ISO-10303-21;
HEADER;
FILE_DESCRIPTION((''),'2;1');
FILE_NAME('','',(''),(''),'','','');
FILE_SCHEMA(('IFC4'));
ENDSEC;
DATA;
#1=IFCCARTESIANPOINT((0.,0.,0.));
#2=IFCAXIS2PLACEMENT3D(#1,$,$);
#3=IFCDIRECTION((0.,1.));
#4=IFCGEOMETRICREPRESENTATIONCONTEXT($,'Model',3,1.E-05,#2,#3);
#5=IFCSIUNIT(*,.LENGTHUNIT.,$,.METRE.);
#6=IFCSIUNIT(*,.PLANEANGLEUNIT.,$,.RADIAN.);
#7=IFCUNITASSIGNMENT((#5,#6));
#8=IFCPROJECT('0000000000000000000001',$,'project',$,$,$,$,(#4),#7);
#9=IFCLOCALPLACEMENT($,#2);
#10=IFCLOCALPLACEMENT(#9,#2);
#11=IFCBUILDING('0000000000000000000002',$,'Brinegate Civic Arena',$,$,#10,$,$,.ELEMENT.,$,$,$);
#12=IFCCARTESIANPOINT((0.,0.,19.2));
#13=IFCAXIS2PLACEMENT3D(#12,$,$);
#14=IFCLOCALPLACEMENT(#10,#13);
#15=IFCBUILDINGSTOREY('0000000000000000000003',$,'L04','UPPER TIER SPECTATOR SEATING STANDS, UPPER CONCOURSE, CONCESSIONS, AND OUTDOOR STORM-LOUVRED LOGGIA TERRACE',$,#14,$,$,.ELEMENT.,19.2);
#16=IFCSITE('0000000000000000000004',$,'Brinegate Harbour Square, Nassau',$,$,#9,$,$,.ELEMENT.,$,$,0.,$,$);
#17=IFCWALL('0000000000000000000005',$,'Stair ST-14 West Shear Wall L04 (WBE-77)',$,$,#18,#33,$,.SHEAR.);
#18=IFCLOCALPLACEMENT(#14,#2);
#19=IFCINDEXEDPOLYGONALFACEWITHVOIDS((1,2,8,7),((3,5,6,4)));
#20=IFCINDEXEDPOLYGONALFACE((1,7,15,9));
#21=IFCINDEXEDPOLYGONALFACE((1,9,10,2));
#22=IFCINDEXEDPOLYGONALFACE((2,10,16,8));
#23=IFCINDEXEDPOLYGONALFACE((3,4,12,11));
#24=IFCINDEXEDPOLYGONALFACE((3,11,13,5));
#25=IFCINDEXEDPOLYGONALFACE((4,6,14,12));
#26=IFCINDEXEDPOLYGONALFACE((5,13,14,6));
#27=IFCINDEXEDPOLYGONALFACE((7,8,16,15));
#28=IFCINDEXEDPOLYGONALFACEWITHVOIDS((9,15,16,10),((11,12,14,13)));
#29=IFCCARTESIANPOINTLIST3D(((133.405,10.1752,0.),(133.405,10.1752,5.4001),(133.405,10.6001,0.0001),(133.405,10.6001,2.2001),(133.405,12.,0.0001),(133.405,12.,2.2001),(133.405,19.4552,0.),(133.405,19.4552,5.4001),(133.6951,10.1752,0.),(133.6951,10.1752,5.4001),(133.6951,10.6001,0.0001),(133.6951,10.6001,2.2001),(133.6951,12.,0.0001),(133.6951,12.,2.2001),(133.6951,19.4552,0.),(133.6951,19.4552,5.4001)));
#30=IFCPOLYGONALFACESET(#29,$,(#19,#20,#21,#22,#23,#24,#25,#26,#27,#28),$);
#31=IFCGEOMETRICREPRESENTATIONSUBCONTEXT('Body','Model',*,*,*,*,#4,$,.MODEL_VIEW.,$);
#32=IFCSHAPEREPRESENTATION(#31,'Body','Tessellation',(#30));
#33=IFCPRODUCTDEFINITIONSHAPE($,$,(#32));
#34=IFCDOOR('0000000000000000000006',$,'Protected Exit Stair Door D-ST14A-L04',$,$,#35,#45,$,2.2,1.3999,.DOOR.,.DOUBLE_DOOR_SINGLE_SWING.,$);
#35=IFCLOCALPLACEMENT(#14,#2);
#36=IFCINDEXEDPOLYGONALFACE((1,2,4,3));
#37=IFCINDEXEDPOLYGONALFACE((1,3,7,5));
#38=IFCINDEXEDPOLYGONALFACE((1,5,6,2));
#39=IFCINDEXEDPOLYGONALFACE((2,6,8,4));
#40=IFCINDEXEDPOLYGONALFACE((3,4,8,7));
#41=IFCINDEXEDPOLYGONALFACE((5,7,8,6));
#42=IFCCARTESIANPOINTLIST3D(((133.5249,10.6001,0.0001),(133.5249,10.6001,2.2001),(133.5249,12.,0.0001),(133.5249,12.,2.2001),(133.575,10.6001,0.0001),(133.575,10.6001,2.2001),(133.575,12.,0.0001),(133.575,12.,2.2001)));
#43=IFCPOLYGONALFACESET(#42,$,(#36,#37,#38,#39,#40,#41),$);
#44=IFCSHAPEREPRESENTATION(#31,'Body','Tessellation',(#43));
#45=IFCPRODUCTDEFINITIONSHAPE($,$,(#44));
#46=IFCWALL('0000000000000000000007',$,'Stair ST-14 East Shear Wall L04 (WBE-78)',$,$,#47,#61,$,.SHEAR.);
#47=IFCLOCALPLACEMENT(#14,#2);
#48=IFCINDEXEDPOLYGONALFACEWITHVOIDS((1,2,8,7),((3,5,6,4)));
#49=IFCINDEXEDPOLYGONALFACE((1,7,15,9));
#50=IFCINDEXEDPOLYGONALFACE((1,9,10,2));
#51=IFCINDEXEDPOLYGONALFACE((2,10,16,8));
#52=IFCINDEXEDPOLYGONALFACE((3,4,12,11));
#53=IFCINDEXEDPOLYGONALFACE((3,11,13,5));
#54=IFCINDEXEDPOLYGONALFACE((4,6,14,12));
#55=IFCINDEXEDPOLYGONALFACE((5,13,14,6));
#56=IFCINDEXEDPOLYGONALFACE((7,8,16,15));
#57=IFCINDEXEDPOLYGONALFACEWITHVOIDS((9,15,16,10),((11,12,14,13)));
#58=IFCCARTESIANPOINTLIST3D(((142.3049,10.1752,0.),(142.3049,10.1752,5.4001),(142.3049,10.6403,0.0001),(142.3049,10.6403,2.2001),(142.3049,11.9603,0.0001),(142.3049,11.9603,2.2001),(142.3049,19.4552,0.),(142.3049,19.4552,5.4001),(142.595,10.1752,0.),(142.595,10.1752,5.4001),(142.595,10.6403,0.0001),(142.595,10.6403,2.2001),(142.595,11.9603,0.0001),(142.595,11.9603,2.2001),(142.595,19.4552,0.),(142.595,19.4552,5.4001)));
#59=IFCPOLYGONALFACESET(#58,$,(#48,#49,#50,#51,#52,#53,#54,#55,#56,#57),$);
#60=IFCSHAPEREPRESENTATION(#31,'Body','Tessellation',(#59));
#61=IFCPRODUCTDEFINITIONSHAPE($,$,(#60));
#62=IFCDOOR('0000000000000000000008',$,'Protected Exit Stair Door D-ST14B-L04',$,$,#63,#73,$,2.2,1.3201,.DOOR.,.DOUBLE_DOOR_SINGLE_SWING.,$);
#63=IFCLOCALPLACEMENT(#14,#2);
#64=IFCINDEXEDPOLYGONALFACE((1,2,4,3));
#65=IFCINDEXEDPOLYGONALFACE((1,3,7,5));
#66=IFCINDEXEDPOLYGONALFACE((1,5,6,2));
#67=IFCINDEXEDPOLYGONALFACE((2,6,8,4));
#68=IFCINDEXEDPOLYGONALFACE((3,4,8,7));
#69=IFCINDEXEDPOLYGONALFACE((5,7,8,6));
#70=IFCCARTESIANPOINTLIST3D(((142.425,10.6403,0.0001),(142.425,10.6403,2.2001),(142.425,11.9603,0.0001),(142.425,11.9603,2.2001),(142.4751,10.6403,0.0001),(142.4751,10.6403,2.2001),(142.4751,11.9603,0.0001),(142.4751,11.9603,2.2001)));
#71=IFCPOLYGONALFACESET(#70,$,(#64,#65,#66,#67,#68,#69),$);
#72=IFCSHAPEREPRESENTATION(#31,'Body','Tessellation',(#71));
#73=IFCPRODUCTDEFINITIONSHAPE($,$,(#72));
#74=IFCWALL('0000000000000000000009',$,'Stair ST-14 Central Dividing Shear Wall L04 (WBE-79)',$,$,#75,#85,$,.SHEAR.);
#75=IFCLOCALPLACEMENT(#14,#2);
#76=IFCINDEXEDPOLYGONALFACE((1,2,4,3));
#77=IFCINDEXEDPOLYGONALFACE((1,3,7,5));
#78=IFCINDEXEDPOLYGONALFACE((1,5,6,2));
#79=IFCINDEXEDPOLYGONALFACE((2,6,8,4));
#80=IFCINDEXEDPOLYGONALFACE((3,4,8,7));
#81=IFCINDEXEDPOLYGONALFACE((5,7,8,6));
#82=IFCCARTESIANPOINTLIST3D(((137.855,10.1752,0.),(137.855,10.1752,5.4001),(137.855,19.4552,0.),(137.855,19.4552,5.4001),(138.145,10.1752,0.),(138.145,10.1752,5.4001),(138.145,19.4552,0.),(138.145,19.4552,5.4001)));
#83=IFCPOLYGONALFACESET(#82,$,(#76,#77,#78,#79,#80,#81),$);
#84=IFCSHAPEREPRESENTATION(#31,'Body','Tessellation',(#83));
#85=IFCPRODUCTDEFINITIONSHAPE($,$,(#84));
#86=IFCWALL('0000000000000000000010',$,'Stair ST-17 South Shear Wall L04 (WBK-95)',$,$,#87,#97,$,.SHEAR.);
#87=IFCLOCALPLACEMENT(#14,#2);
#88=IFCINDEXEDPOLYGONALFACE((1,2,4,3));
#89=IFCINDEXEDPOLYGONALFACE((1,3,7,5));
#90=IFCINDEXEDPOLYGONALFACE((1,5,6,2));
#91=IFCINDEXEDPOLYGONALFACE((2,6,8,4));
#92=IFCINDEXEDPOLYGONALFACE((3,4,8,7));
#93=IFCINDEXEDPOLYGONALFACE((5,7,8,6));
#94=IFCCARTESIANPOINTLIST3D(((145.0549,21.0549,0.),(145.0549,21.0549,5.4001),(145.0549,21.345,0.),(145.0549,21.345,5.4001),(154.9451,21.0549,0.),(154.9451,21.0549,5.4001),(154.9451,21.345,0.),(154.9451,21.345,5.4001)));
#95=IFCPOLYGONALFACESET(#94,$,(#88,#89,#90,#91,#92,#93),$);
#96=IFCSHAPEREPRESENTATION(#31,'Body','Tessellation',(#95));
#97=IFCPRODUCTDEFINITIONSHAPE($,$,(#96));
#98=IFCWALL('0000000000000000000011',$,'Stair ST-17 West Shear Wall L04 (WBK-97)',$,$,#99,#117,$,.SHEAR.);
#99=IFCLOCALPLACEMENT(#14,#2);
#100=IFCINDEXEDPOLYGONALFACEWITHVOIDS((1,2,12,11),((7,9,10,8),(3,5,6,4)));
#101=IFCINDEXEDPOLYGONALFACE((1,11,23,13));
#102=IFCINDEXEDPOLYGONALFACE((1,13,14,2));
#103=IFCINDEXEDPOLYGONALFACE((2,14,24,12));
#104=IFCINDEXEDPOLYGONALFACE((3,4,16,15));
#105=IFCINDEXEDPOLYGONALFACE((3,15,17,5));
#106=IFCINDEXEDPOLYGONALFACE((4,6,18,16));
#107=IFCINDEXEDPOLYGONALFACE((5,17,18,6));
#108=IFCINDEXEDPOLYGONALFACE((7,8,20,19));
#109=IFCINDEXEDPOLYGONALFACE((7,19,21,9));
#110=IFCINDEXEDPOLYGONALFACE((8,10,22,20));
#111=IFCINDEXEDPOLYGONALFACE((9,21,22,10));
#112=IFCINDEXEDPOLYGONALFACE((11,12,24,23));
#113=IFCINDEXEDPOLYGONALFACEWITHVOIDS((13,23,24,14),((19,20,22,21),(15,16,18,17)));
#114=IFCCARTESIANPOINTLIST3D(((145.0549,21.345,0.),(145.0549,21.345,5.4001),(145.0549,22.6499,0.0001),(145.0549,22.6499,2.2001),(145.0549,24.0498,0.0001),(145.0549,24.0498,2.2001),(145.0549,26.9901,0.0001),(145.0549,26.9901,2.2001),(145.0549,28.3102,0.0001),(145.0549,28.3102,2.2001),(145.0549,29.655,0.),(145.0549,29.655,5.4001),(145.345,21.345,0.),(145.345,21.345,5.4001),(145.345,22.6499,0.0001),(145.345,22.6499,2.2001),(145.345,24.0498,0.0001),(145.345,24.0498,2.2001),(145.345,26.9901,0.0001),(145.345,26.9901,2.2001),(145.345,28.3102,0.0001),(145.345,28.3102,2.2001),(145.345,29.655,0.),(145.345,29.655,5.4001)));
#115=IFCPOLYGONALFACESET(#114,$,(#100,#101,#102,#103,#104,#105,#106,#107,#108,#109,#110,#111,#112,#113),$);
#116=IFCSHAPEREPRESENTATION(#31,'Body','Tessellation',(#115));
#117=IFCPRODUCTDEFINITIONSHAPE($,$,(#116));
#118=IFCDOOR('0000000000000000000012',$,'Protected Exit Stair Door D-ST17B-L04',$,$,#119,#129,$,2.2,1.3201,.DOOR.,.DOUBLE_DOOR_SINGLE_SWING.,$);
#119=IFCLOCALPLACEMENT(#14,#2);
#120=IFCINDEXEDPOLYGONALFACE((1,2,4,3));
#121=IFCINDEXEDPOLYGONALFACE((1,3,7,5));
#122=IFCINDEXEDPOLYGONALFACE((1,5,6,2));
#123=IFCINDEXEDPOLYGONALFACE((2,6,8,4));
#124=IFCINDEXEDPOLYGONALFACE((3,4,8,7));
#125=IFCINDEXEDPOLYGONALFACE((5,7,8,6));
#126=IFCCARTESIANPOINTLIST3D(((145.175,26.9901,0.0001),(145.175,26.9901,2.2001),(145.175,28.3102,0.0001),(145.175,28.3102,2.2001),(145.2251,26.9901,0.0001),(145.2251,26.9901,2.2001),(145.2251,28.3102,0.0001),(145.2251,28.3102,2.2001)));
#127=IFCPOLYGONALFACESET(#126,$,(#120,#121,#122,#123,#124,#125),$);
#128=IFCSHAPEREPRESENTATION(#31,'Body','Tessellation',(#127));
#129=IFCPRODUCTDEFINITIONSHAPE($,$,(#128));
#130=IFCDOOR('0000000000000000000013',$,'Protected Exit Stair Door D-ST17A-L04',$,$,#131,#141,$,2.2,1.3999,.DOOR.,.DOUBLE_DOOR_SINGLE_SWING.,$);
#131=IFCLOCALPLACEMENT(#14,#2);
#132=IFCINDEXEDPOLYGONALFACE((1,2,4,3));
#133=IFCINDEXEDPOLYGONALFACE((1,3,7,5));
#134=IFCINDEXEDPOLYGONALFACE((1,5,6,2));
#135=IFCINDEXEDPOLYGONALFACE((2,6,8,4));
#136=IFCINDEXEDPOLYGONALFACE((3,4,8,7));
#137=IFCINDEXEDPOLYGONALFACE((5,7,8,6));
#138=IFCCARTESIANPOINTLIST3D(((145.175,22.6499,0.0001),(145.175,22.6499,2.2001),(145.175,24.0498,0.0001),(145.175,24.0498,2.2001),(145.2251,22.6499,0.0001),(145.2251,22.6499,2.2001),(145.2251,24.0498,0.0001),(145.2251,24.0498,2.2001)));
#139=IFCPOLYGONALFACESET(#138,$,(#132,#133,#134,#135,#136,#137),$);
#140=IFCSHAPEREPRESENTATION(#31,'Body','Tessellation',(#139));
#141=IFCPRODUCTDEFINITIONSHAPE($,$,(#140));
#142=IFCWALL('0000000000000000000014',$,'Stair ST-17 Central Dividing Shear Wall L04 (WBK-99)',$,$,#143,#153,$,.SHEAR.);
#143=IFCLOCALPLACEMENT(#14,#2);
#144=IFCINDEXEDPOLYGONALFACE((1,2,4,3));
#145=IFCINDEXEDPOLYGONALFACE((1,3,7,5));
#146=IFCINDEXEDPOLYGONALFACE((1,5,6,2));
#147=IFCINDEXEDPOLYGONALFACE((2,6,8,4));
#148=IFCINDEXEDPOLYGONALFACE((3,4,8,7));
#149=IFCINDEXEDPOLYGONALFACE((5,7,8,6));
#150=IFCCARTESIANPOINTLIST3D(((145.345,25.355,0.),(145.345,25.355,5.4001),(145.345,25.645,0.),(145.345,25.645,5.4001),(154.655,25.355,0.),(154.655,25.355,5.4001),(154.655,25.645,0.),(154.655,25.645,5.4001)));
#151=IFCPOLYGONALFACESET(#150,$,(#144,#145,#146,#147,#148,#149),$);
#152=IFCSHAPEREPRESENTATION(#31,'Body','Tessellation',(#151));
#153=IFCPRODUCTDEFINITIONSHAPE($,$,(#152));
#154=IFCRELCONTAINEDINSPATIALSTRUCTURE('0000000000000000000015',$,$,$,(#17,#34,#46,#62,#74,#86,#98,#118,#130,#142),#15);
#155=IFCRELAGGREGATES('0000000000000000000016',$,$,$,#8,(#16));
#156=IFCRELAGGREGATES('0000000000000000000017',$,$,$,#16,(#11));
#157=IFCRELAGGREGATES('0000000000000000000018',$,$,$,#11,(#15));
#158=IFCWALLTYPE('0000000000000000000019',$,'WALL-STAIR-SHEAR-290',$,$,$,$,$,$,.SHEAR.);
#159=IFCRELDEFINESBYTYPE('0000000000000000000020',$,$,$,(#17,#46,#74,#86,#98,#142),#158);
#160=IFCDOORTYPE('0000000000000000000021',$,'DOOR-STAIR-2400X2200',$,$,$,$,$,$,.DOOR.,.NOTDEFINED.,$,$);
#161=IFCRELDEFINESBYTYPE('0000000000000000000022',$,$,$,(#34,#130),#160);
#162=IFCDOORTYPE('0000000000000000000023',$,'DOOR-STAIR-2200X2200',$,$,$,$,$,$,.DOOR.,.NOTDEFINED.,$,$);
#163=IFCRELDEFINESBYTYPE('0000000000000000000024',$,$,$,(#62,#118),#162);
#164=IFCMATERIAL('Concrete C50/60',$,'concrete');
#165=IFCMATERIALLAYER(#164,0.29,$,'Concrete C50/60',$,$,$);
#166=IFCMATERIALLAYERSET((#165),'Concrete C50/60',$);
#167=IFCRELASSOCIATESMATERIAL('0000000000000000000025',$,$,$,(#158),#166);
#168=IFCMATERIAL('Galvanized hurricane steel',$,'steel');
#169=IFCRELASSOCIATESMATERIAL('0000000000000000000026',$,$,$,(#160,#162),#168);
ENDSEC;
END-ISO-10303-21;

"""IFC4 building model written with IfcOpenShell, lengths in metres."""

from ifc_helpers import new_model, si_unit, direction, frame, frame_2d, origin, place, context, subcontext, project, spatial, rectangle, extrude, material, layer, layer_set, type_object, element, fill, save


model = new_model("IFC4")

# Units and contexts
model_context = context("Model", 3, precision=1e-05, world=origin(), true_north=direction((0.0, 1.0)))
body_context = subcontext(model_context, "Body", "Model", "MODEL_VIEW")
ifc_project = project(units=[si_unit("LENGTHUNIT", "METRE"), si_unit("PLANEANGLEUNIT", "RADIAN")], contexts=[model_context])

# Site, building, storey
site_placement = place(None, origin())
site = spatial("IfcSite", under=ifc_project, at=site_placement, Name="Brinegate Harbour Square, Nassau", CompositionType="ELEMENT", RefElevation=0.0)
building_placement = place(site_placement, origin())
building = spatial("IfcBuilding", under=site, at=building_placement, Name="Brinegate Civic Arena", CompositionType="ELEMENT")
storey_placement = place(building_placement, frame((0.0, 0.0, 19.2)))
storey = spatial("IfcBuildingStorey", under=building, at=storey_placement, Name="L04", Description="UPPER TIER SPECTATOR SEATING STANDS, UPPER CONCOURSE, CONCESSIONS, AND OUTDOOR STORM-LOUVRED LOGGIA TERRACE", CompositionType="ELEMENT", Elevation=19.2)

# Shared definitions
ifc_material_1 = material(Name="Concrete C50/60", Category="concrete")

# Shared definitions
ifc_layer_1 = layer(ifc_material_1, 0.29, Name="Concrete C50/60")
ifc_layer_set_1 = layer_set([ifc_layer_1], Name="Concrete C50/60")
wall_type = type_object("IfcWallType", Name="WALL-STAIR-SHEAR-290", PredefinedType="SHEAR", material=ifc_layer_set_1)

# Walls, openings, doors
wall_1_placement = place(storey_placement, frame((133.55, 10.175, 0.0), z_axis=(0.0, 0.0, 1.0), x_axis=(0.0, 1.0, 0.0)))
wall_1 = element("IfcWall", 1, at=wall_1_placement, inside=storey, type_object=wall_type, Name="Stair ST-14 West Shear Wall L04 (WBE-77)", PredefinedType="SHEAR", context=body_context, shape_type="SweptSolid", body=[
    extrude(rectangle(XDim=9.28, YDim=0.29, at=frame_2d((4.6401, 0.0))), origin(), (0.0, 0.0, 1.0), 5.4001),
])
opening_1_placement = place(wall_1_placement, frame((0.425, 0.0, 0.0)))
opening_1 = element("IfcOpeningElement", 2, at=opening_1_placement, cuts=wall_1, PredefinedType="OPENING", context=body_context, shape_type="SweptSolid", body=[
    extrude(rectangle(XDim=1.3999, YDim=2.2, at=frame_2d((0.7, 1.1001))), frame((0.0, 0.155, 0.0), z_axis=(0.0, -1.0, 0.0), x_axis=(1.0, 0.0, 0.0)), (0.0, 0.0, 1.0), 0.3101),
])
ifc_material_2 = material(Name="Galvanized hurricane steel", Category="steel")
door_type_1 = type_object("IfcDoorType", Name="DOOR-STAIR-2400X2200", OperationType="NOTDEFINED", PredefinedType="DOOR", material=ifc_material_2)
door_1_placement = place(opening_1_placement, frame((1.3999, 0.0, 0.0), z_axis=(0.0, 0.0, 1.0), x_axis=(-1.0, 0.0, 0.0)))
door_1 = element("IfcDoor", 3, at=door_1_placement, inside=storey, type_object=door_type_1, Name="Protected Exit Stair Door D-ST14A-L04", OperationType="DOUBLE_DOOR_SINGLE_SWING", OverallHeight=2.2, OverallWidth=1.3999, PredefinedType="DOOR", context=body_context, shape_type="SweptSolid", body=[
    extrude(rectangle(XDim=1.3999, YDim=2.2, at=frame_2d((0.7, 1.1001))), frame((0.0, 0.0249, 0.0), z_axis=(0.0, -1.0, 0.0), x_axis=(1.0, 0.0, 0.0)), (0.0, 0.0, 1.0), 0.05),
])
fill(opening_1, door_1)
wall_2_placement = place(storey_placement, frame((142.45, 10.175, 0.0), z_axis=(0.0, 0.0, 1.0), x_axis=(0.0, 1.0, 0.0)))
wall_2 = element("IfcWall", 4, at=wall_2_placement, inside=storey, type_object=wall_type, Name="Stair ST-14 East Shear Wall L04 (WBE-78)", PredefinedType="SHEAR", context=body_context, shape_type="SweptSolid", body=[
    extrude(rectangle(XDim=9.28, YDim=0.29, at=frame_2d((4.6401, 0.0))), origin(), (0.0, 0.0, 1.0), 5.4001),
])
opening_2_placement = place(wall_2_placement, frame((0.4651, 0.0, 0.0)))
opening_2 = element("IfcOpeningElement", 5, at=opening_2_placement, cuts=wall_2, PredefinedType="OPENING", context=body_context, shape_type="SweptSolid", body=[
    extrude(rectangle(XDim=1.3201, YDim=2.2, at=frame_2d((0.6602, 1.1001))), frame((0.0, 0.155, 0.0), z_axis=(0.0, -1.0, 0.0), x_axis=(1.0, 0.0, 0.0)), (0.0, 0.0, 1.0), 0.3101),
])
door_type_2 = type_object("IfcDoorType", Name="DOOR-STAIR-2200X2200", OperationType="NOTDEFINED", PredefinedType="DOOR", material=ifc_material_2)
door_2_placement = place(opening_2_placement, origin())
door_2 = element("IfcDoor", 6, at=door_2_placement, inside=storey, type_object=door_type_2, Name="Protected Exit Stair Door D-ST14B-L04", OperationType="DOUBLE_DOOR_SINGLE_SWING", OverallHeight=2.2, OverallWidth=1.3201, PredefinedType="DOOR", context=body_context, shape_type="SweptSolid", body=[
    extrude(rectangle(XDim=1.3201, YDim=2.2, at=frame_2d((0.6602, 1.1001))), frame((0.0, 0.0249, 0.0), z_axis=(0.0, -1.0, 0.0), x_axis=(1.0, 0.0, 0.0)), (0.0, 0.0, 1.0), 0.05),
])
fill(opening_2, door_2)

# Walls
wall_3_placement = place(storey_placement, frame((138.0, 10.175, 0.0), z_axis=(0.0, 0.0, 1.0), x_axis=(0.0, 1.0, 0.0)))
element("IfcWall", 7, at=wall_3_placement, inside=storey, type_object=wall_type, Name="Stair ST-14 Central Dividing Shear Wall L04 (WBE-79)", PredefinedType="SHEAR", context=body_context, shape_type="SweptSolid", body=[
    extrude(rectangle(XDim=9.28, YDim=0.29, at=frame_2d((4.6401, 0.0))), origin(), (0.0, 0.0, 1.0), 5.4001),
])
wall_4_placement = place(storey_placement, frame((145.0549, 21.2, 0.0), z_axis=(0.0, 0.0, 1.0), x_axis=(1.0, 0.0, 0.0)))
element("IfcWall", 8, at=wall_4_placement, inside=storey, type_object=wall_type, Name="Stair ST-17 South Shear Wall L04 (WBK-95)", PredefinedType="SHEAR", context=body_context, shape_type="SweptSolid", body=[
    extrude(rectangle(XDim=9.8901, YDim=0.29, at=frame_2d((4.9451, 0.0))), origin(), (0.0, 0.0, 1.0), 5.4001),
])

# Wall, openings, doors
wall_5_placement = place(storey_placement, frame((145.2, 21.345, 0.0), z_axis=(0.0, 0.0, 1.0), x_axis=(0.0, 1.0, 0.0)))
wall_5 = element("IfcWall", 9, at=wall_5_placement, inside=storey, type_object=wall_type, Name="Stair ST-17 West Shear Wall L04 (WBK-97)", PredefinedType="SHEAR", context=body_context, shape_type="SweptSolid", body=[
    extrude(rectangle(XDim=8.3101, YDim=0.29, at=frame_2d((4.155, 0.0))), origin(), (0.0, 0.0, 1.0), 5.4001),
])
opening_3_placement = place(wall_5_placement, frame((1.3049, 0.0, 0.0)))
opening_3 = element("IfcOpeningElement", 10, at=opening_3_placement, cuts=wall_5, PredefinedType="OPENING", context=body_context, shape_type="SweptSolid", body=[
    extrude(rectangle(XDim=1.3999, YDim=2.2, at=frame_2d((0.7, 1.1001))), frame((0.0, 0.155, 0.0), z_axis=(0.0, -1.0, 0.0), x_axis=(1.0, 0.0, 0.0)), (0.0, 0.0, 1.0), 0.3101),
])
opening_4_placement = place(wall_5_placement, frame((5.645, 0.0, 0.0)))
opening_4 = element("IfcOpeningElement", 11, at=opening_4_placement, cuts=wall_5, PredefinedType="OPENING", context=body_context, shape_type="SweptSolid", body=[
    extrude(rectangle(XDim=1.3201, YDim=2.2, at=frame_2d((0.6602, 1.1001))), frame((0.0, 0.155, 0.0), z_axis=(0.0, -1.0, 0.0), x_axis=(1.0, 0.0, 0.0)), (0.0, 0.0, 1.0), 0.3101),
])
door_3_placement = place(opening_4_placement, origin())
door_3 = element("IfcDoor", 12, at=door_3_placement, inside=storey, type_object=door_type_2, Name="Protected Exit Stair Door D-ST17B-L04", OperationType="DOUBLE_DOOR_SINGLE_SWING", OverallHeight=2.2, OverallWidth=1.3201, PredefinedType="DOOR", context=body_context, shape_type="SweptSolid", body=[
    extrude(rectangle(XDim=1.3201, YDim=2.2, at=frame_2d((0.6602, 1.1001))), frame((0.0, 0.0249, 0.0), z_axis=(0.0, -1.0, 0.0), x_axis=(1.0, 0.0, 0.0)), (0.0, 0.0, 1.0), 0.05),
])
fill(opening_4, door_3)
door_4_placement = place(opening_3_placement, origin())
door_4 = element("IfcDoor", 13, at=door_4_placement, inside=storey, type_object=door_type_1, Name="Protected Exit Stair Door D-ST17A-L04", OperationType="DOUBLE_DOOR_SINGLE_SWING", OverallHeight=2.2, OverallWidth=1.3999, PredefinedType="DOOR", context=body_context, shape_type="SweptSolid", body=[
    extrude(rectangle(XDim=1.3999, YDim=2.2, at=frame_2d((0.7, 1.1001))), frame((0.0, 0.0249, 0.0), z_axis=(0.0, -1.0, 0.0), x_axis=(1.0, 0.0, 0.0)), (0.0, 0.0, 1.0), 0.05),
])
fill(opening_3, door_4)

# Wall
wall_6_placement = place(storey_placement, frame((145.345, 25.5, 0.0), z_axis=(0.0, 0.0, 1.0), x_axis=(1.0, 0.0, 0.0)))
element("IfcWall", 14, at=wall_6_placement, inside=storey, type_object=wall_type, Name="Stair ST-17 Central Dividing Shear Wall L04 (WBK-99)", PredefinedType="SHEAR", context=body_context, shape_type="SweptSolid", body=[
    extrude(rectangle(XDim=9.3101, YDim=0.29, at=frame_2d((4.655, 0.0))), origin(), (0.0, 0.0, 1.0), 5.4001),
])

save(model, "model.ifc")
